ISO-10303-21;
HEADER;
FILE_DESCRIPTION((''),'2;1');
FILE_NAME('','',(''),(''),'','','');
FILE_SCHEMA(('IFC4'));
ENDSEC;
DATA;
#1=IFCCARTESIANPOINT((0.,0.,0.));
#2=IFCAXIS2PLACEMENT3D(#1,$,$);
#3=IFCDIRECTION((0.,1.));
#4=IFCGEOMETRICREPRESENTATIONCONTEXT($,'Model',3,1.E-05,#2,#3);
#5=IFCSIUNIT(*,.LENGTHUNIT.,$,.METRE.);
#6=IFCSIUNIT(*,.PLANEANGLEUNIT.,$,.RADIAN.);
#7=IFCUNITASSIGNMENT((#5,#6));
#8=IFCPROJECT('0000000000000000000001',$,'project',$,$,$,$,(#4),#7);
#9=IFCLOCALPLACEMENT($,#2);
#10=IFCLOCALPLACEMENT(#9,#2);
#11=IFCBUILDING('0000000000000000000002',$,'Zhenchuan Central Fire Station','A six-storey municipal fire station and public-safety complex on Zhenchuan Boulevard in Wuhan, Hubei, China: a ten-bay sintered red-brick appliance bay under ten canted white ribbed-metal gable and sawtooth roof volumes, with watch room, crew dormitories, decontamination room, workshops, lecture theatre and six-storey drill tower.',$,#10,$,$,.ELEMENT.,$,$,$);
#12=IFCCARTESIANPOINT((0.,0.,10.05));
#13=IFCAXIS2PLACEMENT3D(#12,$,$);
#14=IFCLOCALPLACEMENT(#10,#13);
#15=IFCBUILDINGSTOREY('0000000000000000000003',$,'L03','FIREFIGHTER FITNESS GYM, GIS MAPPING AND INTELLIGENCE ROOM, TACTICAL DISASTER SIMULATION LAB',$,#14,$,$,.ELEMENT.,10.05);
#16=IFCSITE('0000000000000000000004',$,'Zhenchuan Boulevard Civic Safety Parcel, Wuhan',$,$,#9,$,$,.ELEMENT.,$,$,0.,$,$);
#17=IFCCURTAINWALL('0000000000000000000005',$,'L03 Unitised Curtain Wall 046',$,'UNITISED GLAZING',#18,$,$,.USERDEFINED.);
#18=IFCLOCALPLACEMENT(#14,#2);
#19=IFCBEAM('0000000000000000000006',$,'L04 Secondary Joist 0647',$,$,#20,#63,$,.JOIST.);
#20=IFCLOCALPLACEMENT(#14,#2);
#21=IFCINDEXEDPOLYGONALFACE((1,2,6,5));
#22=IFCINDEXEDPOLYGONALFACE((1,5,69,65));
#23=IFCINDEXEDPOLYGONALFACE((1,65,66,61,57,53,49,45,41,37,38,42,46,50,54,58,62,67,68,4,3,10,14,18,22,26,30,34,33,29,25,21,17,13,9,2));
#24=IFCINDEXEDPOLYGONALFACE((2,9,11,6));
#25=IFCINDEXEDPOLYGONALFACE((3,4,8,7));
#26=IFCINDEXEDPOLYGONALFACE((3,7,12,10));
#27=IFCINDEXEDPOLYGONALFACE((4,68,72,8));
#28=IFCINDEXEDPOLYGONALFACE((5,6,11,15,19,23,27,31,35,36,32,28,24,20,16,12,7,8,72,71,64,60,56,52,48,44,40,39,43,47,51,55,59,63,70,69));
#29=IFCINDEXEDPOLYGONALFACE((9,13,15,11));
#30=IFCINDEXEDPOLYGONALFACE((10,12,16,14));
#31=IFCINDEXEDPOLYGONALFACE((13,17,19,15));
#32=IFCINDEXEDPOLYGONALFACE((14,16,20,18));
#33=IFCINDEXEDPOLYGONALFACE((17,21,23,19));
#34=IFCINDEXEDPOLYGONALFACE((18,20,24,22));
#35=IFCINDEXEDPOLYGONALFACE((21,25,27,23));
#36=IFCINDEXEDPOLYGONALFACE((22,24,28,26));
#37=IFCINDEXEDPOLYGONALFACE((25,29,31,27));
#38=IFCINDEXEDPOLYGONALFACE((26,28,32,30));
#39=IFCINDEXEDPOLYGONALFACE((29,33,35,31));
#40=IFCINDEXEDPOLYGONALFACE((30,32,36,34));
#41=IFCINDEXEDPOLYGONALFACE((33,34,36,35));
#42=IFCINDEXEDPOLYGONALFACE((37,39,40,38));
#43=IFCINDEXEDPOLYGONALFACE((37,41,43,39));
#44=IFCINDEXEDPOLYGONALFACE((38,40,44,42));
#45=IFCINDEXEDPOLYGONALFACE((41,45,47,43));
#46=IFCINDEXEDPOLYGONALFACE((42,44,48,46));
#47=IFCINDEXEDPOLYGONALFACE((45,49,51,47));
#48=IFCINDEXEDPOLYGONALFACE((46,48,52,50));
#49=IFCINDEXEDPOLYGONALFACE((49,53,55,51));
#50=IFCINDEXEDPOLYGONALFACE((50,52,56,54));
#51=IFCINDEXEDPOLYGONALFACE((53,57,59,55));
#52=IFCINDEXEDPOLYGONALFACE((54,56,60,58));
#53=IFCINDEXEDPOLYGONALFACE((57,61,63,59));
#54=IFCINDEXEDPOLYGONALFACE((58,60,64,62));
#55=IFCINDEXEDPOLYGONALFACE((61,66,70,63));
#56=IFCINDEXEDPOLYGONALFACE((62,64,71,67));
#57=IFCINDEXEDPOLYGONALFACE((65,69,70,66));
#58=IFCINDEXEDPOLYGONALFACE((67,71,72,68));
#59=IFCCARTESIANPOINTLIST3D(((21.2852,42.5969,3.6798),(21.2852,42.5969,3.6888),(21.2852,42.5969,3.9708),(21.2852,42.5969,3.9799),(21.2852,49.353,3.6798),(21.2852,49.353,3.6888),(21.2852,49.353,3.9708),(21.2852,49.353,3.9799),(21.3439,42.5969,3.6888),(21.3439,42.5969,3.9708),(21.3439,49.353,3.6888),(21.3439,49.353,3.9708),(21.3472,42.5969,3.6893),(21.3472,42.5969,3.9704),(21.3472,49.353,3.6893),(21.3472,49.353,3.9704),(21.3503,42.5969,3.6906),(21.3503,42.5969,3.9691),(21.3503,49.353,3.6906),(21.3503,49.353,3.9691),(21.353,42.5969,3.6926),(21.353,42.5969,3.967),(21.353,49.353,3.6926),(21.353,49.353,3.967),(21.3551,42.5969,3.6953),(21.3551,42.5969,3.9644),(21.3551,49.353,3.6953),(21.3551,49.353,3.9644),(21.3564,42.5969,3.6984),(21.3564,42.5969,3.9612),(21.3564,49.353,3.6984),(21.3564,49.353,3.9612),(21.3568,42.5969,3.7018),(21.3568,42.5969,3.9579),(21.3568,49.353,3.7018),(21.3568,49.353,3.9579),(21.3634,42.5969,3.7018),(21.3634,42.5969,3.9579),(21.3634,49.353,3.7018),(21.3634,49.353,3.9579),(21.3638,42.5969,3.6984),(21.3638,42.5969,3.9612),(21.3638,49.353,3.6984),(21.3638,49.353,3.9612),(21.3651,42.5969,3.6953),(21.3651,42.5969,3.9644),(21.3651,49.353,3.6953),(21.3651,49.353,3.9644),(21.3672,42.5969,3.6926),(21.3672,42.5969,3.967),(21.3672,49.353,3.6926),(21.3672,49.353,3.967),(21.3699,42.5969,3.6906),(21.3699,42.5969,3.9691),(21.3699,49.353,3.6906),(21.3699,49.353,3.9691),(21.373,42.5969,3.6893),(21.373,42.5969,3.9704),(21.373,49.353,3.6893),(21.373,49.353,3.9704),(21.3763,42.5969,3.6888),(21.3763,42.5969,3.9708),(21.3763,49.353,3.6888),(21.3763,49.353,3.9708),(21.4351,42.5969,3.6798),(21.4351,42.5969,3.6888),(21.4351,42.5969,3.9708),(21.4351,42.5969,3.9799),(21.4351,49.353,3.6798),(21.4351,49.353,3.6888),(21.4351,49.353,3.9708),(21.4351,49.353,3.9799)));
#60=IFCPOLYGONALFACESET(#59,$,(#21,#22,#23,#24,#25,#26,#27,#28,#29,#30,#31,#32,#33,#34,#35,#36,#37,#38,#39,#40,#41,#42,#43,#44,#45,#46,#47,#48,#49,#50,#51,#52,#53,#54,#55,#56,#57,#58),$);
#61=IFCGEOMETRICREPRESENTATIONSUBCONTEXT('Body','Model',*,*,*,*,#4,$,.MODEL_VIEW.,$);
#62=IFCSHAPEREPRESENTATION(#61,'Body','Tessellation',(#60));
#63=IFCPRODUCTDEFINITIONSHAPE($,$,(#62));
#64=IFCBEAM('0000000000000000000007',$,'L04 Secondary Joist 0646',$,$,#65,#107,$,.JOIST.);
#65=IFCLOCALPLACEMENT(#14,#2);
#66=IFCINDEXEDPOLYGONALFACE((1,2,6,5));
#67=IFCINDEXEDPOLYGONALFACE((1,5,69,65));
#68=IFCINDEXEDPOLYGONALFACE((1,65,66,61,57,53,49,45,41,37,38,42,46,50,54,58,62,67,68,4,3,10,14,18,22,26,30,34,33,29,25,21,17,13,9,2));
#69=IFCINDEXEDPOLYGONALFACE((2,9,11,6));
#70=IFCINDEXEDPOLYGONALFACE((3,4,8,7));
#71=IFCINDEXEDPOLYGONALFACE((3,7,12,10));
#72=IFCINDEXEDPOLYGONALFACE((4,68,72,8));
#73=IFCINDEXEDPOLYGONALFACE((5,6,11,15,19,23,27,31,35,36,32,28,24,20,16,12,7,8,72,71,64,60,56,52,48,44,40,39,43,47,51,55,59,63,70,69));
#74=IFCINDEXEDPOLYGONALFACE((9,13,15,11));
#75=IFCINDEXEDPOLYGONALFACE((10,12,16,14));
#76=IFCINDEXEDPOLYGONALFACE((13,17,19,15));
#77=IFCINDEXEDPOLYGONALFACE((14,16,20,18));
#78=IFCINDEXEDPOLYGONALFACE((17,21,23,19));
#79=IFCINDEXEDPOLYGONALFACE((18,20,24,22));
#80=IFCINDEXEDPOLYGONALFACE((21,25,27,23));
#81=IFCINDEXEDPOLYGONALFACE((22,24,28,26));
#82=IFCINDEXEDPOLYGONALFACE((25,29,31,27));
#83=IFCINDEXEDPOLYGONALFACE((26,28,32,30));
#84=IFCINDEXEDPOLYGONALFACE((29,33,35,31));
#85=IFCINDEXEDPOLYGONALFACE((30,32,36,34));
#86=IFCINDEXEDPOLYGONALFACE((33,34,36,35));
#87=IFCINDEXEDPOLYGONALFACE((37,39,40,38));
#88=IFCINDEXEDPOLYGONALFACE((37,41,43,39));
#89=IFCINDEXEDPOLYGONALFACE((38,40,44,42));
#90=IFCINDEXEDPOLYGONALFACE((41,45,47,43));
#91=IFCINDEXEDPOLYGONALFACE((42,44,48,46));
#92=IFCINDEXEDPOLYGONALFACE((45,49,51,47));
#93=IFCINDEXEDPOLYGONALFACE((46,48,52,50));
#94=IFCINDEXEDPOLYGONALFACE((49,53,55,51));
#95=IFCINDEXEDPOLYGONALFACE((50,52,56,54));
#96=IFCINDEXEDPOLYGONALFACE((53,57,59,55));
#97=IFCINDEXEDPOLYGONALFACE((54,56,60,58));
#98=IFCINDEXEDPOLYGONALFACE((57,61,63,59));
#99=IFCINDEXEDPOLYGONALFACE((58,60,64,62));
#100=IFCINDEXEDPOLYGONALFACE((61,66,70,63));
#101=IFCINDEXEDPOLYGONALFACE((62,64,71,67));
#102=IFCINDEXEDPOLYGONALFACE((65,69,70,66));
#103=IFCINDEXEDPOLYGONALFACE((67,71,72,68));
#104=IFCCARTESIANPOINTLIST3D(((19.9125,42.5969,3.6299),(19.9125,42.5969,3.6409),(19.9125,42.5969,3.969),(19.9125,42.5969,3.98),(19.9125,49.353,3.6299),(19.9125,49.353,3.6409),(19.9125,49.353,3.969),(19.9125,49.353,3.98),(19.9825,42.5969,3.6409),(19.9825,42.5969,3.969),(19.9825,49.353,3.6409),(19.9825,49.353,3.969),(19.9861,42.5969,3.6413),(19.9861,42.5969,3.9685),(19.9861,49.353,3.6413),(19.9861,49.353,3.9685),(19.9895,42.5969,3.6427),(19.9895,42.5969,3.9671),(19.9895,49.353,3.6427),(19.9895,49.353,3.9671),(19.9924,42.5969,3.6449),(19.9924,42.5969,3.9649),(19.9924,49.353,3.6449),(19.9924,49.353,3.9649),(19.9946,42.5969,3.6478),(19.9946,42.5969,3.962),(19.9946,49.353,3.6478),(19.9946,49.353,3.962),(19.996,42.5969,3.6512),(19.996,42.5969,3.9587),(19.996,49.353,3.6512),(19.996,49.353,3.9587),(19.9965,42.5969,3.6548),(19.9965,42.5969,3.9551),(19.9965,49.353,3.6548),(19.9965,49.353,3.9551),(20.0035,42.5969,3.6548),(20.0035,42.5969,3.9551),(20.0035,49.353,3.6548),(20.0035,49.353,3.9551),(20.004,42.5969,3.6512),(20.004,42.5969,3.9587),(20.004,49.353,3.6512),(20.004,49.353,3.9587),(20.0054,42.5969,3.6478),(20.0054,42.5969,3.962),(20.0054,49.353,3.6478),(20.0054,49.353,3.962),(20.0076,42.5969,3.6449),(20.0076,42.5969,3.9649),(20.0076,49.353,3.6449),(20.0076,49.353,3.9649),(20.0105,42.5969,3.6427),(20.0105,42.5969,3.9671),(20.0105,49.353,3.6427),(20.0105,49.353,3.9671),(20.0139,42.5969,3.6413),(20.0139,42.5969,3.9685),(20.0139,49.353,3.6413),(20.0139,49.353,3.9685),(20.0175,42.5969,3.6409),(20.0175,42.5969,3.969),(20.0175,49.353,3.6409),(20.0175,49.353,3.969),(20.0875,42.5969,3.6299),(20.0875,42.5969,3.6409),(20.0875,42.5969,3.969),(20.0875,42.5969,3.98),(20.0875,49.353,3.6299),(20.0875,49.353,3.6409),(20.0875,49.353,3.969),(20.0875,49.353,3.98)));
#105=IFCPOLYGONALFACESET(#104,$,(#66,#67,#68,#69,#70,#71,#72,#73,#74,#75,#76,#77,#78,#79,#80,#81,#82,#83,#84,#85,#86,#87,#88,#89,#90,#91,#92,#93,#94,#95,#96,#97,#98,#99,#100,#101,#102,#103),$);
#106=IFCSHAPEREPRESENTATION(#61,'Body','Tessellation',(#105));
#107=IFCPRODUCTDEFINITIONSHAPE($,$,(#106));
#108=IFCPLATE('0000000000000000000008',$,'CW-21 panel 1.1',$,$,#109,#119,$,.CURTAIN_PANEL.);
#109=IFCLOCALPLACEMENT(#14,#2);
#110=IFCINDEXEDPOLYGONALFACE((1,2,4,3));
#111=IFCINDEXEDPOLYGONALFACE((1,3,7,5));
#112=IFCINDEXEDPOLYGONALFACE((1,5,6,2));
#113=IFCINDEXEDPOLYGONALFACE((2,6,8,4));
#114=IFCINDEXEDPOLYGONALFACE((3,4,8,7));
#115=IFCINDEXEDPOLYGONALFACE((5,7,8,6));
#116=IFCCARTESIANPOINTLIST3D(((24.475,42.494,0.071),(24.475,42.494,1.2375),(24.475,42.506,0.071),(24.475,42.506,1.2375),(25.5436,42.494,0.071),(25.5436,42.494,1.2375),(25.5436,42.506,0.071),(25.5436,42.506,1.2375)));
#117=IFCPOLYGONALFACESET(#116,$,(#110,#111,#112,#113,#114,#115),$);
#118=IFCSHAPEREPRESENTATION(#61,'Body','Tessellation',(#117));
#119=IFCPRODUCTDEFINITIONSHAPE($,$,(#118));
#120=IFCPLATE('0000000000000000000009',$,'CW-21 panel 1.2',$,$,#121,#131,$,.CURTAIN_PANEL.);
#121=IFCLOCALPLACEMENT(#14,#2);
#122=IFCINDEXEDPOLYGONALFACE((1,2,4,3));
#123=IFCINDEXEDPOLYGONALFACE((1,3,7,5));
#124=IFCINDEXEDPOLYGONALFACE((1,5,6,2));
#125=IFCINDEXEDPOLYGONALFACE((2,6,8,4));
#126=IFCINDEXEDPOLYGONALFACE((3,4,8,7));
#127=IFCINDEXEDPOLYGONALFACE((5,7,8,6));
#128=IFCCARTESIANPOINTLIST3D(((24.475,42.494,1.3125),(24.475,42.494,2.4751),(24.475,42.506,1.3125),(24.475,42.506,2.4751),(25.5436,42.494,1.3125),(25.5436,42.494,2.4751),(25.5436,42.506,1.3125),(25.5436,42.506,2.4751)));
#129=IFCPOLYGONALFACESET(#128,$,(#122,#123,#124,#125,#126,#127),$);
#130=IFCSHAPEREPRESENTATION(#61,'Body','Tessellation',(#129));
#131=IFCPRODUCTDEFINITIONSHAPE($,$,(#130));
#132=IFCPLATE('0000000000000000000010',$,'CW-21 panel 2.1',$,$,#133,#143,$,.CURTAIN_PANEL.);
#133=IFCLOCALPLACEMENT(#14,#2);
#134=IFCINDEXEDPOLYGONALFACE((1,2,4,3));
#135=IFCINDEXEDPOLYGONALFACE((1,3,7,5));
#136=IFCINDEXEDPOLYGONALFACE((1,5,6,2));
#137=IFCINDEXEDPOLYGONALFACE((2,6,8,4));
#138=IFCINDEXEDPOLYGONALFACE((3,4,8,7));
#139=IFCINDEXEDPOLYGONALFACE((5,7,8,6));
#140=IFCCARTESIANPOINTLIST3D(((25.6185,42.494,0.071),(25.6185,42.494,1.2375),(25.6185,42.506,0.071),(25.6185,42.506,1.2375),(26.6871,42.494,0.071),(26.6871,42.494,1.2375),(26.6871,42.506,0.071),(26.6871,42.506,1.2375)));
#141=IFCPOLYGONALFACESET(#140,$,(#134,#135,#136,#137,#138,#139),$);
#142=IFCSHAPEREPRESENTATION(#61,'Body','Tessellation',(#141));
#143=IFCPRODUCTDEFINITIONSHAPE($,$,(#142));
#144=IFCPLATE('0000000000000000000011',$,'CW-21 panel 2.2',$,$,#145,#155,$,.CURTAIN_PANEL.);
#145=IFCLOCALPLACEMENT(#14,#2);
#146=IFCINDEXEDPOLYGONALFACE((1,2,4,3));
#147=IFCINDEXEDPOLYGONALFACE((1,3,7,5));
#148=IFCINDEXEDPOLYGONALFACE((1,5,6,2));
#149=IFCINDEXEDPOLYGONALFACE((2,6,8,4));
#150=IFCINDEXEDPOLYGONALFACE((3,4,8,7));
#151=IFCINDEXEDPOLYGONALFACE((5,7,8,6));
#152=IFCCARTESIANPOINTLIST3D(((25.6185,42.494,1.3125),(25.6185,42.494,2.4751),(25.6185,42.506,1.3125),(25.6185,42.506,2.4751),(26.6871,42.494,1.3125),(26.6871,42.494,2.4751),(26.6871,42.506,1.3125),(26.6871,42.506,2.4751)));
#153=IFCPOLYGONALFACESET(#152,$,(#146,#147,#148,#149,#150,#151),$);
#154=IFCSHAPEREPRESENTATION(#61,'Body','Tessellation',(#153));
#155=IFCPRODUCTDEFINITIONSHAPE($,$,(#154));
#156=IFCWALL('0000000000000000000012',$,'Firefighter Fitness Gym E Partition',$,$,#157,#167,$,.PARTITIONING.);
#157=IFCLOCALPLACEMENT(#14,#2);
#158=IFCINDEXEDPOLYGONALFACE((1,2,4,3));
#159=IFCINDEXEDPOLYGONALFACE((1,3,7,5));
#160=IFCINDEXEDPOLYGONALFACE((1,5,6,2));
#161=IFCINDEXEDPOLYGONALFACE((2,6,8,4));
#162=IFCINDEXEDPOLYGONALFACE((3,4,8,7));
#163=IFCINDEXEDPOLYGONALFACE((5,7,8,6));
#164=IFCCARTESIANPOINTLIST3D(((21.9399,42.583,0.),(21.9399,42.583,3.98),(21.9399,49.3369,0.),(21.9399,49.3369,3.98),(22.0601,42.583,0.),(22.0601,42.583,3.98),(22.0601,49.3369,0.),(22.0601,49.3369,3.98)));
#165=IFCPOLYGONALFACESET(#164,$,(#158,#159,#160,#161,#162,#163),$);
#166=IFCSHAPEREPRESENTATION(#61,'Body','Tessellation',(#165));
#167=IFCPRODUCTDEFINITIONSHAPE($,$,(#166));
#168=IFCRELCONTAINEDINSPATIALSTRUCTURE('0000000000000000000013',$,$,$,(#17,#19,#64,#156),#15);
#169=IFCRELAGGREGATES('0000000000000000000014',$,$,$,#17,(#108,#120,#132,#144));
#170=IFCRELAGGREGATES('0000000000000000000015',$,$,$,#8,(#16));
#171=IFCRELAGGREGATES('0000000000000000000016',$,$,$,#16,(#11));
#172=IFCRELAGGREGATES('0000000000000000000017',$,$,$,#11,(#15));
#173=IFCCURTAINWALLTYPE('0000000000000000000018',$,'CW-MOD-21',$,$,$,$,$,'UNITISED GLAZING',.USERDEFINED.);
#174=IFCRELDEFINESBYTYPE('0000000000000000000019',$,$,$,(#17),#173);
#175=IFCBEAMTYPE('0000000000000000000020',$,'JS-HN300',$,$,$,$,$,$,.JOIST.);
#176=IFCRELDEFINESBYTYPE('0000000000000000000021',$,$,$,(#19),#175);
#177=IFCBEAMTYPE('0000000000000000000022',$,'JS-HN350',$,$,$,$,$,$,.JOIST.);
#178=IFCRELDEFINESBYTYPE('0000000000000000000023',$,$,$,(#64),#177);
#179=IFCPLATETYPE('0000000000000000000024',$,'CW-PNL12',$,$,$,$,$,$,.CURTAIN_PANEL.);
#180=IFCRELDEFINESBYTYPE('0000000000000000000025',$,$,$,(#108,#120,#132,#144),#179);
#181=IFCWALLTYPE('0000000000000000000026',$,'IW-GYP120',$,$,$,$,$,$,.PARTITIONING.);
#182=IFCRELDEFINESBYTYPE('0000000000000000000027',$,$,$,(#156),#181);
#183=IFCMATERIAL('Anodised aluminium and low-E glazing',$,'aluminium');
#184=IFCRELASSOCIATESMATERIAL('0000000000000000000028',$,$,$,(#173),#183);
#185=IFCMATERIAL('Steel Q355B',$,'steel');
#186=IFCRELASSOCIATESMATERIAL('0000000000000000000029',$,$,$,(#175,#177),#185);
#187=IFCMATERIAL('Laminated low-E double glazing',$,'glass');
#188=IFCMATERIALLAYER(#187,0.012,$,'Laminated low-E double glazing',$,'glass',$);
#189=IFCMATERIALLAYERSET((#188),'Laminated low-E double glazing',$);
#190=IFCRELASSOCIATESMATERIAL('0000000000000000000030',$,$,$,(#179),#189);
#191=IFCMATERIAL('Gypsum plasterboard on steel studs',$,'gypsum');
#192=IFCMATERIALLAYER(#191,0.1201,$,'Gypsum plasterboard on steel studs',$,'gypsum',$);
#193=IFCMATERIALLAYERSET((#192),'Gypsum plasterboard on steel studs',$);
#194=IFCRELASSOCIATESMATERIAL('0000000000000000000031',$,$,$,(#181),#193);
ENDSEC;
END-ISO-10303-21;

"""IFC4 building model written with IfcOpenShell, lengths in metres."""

from ifc_helpers import new_model, si_unit, direction, frame, frame_2d, origin, origin_2d, place, context, subcontext, project, spatial, rectangle, i_section, extrude, material, layer, layer_set, material_profile, profile_set, type_object, element, aggregate, save


model = new_model("IFC4")

# Units and contexts
model_context = context("Model", 3, precision=1e-05, world=origin(), true_north=direction((0.0, 1.0)))
body_context = subcontext(model_context, "Body", "Model", "MODEL_VIEW")
ifc_project = project(units=[si_unit("LENGTHUNIT", "METRE"), si_unit("PLANEANGLEUNIT", "RADIAN")], contexts=[model_context])

# Site, building, storey
site_placement = place(None, origin())
site = spatial("IfcSite", under=ifc_project, at=site_placement, Name="Zhenchuan Boulevard Civic Safety Parcel, Wuhan", CompositionType="ELEMENT", RefElevation=0.0)
building_placement = place(site_placement, origin())
building = spatial("IfcBuilding", under=site, at=building_placement, Name="Zhenchuan Central Fire Station", Description="A six-storey municipal fire station and public-safety complex on Zhenchuan Boulevard in Wuhan, Hubei, China: a ten-bay sintered red-brick appliance bay under ten canted white ribbed-metal gable and sawtooth roof volumes, with watch room, crew dormitories, decontamination room, workshops, lecture theatre and six-storey drill tower.", CompositionType="ELEMENT")
storey_placement = place(building_placement, frame((0.0, 0.0, 10.05)))
storey = spatial("IfcBuildingStorey", under=building, at=storey_placement, Name="L03", Description="FIREFIGHTER FITNESS GYM, GIS MAPPING AND INTELLIGENCE ROOM, TACTICAL DISASTER SIMULATION LAB", CompositionType="ELEMENT", Elevation=10.05)

# Curtain wall
ifc_material_1 = material(Name="Anodised aluminium and low-E glazing", Category="aluminium")
curtain_wall_type_1 = type_object("IfcCurtainWallType", Name="CW-MOD-21", ElementType="UNITISED GLAZING", PredefinedType="USERDEFINED", material=ifc_material_1)
curtain_wall_1_placement = place(storey_placement, origin())
curtain_wall_1 = element("IfcCurtainWall", 1, at=curtain_wall_1_placement, inside=storey, type_object=curtain_wall_type_1, Name="L03 Unitised Curtain Wall 046", ObjectType="UNITISED GLAZING", PredefinedType="USERDEFINED")

# Beams
ifc_material_2 = material(Name="Steel Q355B", Category="steel")
ifc_material_profile_1 = material_profile(ifc_material_2, i_section(OverallWidth=0.1499, OverallDepth=0.3, WebThickness=0.0066, FlangeThickness=0.009, FilletRadius=0.0129, at=origin_2d()), Name="HN 300x150")
ifc_profile_set_1 = profile_set([ifc_material_profile_1], Name="Steel Q355B")
beam_type_1 = type_object("IfcBeamType", Name="JS-HN300", PredefinedType="JOIST", material=ifc_profile_set_1)
beam_1_placement = place(storey_placement, frame((21.3601, 42.5969, 3.8298), z_axis=(0.0, 1.0, 0.0), x_axis=(-1.0, 0.0, 0.0)))
element("IfcBeam", 2, at=beam_1_placement, inside=storey, type_object=beam_type_1, Name="L04 Secondary Joist 0647", PredefinedType="JOIST", context=body_context, shape_type="SweptSolid", body=[
    extrude(i_section(OverallWidth=0.1499, OverallDepth=0.3, WebThickness=0.0066, FlangeThickness=0.009, FilletRadius=0.0129, at=origin_2d()), origin(), (0.0, 0.0, 1.0), 6.7561),
])
ifc_material_profile_2 = material_profile(ifc_material_2, i_section(OverallWidth=0.175, OverallDepth=0.3501, WebThickness=0.0071, FlangeThickness=0.011, FilletRadius=0.0139, at=origin_2d()), Name="HN 350x175")
ifc_profile_set_2 = profile_set([ifc_material_profile_2], Name="Steel Q355B")
beam_type_2 = type_object("IfcBeamType", Name="JS-HN350", PredefinedType="JOIST", material=ifc_profile_set_2)
beam_2_placement = place(storey_placement, frame((20.0, 42.5969, 3.8049), z_axis=(0.0, 1.0, 0.0), x_axis=(-1.0, 0.0, 0.0)))
element("IfcBeam", 3, at=beam_2_placement, inside=storey, type_object=beam_type_2, Name="L04 Secondary Joist 0646", PredefinedType="JOIST", context=body_context, shape_type="SweptSolid", body=[
    extrude(i_section(OverallWidth=0.175, OverallDepth=0.3501, WebThickness=0.0071, FlangeThickness=0.011, FilletRadius=0.0139, at=origin_2d()), origin(), (0.0, 0.0, 1.0), 6.7561),
])

# Plates
ifc_material_3 = material(Name="Laminated low-E double glazing", Category="glass")
ifc_layer_1 = layer(ifc_material_3, 0.012, Name="Laminated low-E double glazing", Category="glass")
ifc_layer_set_1 = layer_set([ifc_layer_1], Name="Laminated low-E double glazing")
plate_type = type_object("IfcPlateType", Name="CW-PNL12", PredefinedType="CURTAIN_PANEL", material=ifc_layer_set_1)
plate_1_placement = place(storey_placement, frame((25.0093, 42.5, 0.071), z_axis=(0.0, 0.0, 1.0), x_axis=(1.0, 0.0, 0.0)))
plate_1 = element("IfcPlate", 4, at=plate_1_placement, type_object=plate_type, Name="CW-21 panel 1.1", PredefinedType="CURTAIN_PANEL", context=body_context, shape_type="SweptSolid", body=[
    extrude(rectangle(XDim=1.0686, YDim=0.012, at=origin_2d()), origin(), (0.0, 0.0, 1.0), 1.1665),
])
plate_2_placement = place(storey_placement, frame((25.0093, 42.5, 1.3125), z_axis=(0.0, 0.0, 1.0), x_axis=(1.0, 0.0, 0.0)))
plate_2 = element("IfcPlate", 5, at=plate_2_placement, type_object=plate_type, Name="CW-21 panel 1.2", PredefinedType="CURTAIN_PANEL", context=body_context, shape_type="SweptSolid", body=[
    extrude(rectangle(XDim=1.0686, YDim=0.012, at=origin_2d()), origin(), (0.0, 0.0, 1.0), 1.1626),
])
plate_3_placement = place(storey_placement, frame((26.1528, 42.5, 0.071), z_axis=(0.0, 0.0, 1.0), x_axis=(1.0, 0.0, 0.0)))
plate_3 = element("IfcPlate", 6, at=plate_3_placement, type_object=plate_type, Name="CW-21 panel 2.1", PredefinedType="CURTAIN_PANEL", context=body_context, shape_type="SweptSolid", body=[
    extrude(rectangle(XDim=1.0686, YDim=0.012, at=origin_2d()), origin(), (0.0, 0.0, 1.0), 1.1665),
])
plate_4_placement = place(storey_placement, frame((26.1528, 42.5, 1.3125), z_axis=(0.0, 0.0, 1.0), x_axis=(1.0, 0.0, 0.0)))
plate_4 = element("IfcPlate", 7, at=plate_4_placement, type_object=plate_type, Name="CW-21 panel 2.2", PredefinedType="CURTAIN_PANEL", context=body_context, shape_type="SweptSolid", body=[
    extrude(rectangle(XDim=1.0686, YDim=0.012, at=origin_2d()), origin(), (0.0, 0.0, 1.0), 1.1626),
])
aggregate(curtain_wall_1, [plate_1, plate_2, plate_3, plate_4])

# Wall
ifc_material_4 = material(Name="Gypsum plasterboard on steel studs", Category="gypsum")
ifc_layer_2 = layer(ifc_material_4, 0.1201, Name="Gypsum plasterboard on steel studs", Category="gypsum")
ifc_layer_set_2 = layer_set([ifc_layer_2], Name="Gypsum plasterboard on steel studs")
wall_type = type_object("IfcWallType", Name="IW-GYP120", PredefinedType="PARTITIONING", material=ifc_layer_set_2)
wall_placement = place(storey_placement, frame((22.0, 42.583, 0.0), z_axis=(0.0, 0.0, 1.0), x_axis=(0.0, 1.0, 0.0)))
element("IfcWall", 8, at=wall_placement, inside=storey, type_object=wall_type, Name="Firefighter Fitness Gym E Partition", PredefinedType="PARTITIONING", context=body_context, shape_type="SweptSolid", body=[
    extrude(rectangle(XDim=6.7539, YDim=0.1201, at=frame_2d((3.377, 0.0))), origin(), (0.0, 0.0, 1.0), 3.98),
])

save(model, "model.ifc")
